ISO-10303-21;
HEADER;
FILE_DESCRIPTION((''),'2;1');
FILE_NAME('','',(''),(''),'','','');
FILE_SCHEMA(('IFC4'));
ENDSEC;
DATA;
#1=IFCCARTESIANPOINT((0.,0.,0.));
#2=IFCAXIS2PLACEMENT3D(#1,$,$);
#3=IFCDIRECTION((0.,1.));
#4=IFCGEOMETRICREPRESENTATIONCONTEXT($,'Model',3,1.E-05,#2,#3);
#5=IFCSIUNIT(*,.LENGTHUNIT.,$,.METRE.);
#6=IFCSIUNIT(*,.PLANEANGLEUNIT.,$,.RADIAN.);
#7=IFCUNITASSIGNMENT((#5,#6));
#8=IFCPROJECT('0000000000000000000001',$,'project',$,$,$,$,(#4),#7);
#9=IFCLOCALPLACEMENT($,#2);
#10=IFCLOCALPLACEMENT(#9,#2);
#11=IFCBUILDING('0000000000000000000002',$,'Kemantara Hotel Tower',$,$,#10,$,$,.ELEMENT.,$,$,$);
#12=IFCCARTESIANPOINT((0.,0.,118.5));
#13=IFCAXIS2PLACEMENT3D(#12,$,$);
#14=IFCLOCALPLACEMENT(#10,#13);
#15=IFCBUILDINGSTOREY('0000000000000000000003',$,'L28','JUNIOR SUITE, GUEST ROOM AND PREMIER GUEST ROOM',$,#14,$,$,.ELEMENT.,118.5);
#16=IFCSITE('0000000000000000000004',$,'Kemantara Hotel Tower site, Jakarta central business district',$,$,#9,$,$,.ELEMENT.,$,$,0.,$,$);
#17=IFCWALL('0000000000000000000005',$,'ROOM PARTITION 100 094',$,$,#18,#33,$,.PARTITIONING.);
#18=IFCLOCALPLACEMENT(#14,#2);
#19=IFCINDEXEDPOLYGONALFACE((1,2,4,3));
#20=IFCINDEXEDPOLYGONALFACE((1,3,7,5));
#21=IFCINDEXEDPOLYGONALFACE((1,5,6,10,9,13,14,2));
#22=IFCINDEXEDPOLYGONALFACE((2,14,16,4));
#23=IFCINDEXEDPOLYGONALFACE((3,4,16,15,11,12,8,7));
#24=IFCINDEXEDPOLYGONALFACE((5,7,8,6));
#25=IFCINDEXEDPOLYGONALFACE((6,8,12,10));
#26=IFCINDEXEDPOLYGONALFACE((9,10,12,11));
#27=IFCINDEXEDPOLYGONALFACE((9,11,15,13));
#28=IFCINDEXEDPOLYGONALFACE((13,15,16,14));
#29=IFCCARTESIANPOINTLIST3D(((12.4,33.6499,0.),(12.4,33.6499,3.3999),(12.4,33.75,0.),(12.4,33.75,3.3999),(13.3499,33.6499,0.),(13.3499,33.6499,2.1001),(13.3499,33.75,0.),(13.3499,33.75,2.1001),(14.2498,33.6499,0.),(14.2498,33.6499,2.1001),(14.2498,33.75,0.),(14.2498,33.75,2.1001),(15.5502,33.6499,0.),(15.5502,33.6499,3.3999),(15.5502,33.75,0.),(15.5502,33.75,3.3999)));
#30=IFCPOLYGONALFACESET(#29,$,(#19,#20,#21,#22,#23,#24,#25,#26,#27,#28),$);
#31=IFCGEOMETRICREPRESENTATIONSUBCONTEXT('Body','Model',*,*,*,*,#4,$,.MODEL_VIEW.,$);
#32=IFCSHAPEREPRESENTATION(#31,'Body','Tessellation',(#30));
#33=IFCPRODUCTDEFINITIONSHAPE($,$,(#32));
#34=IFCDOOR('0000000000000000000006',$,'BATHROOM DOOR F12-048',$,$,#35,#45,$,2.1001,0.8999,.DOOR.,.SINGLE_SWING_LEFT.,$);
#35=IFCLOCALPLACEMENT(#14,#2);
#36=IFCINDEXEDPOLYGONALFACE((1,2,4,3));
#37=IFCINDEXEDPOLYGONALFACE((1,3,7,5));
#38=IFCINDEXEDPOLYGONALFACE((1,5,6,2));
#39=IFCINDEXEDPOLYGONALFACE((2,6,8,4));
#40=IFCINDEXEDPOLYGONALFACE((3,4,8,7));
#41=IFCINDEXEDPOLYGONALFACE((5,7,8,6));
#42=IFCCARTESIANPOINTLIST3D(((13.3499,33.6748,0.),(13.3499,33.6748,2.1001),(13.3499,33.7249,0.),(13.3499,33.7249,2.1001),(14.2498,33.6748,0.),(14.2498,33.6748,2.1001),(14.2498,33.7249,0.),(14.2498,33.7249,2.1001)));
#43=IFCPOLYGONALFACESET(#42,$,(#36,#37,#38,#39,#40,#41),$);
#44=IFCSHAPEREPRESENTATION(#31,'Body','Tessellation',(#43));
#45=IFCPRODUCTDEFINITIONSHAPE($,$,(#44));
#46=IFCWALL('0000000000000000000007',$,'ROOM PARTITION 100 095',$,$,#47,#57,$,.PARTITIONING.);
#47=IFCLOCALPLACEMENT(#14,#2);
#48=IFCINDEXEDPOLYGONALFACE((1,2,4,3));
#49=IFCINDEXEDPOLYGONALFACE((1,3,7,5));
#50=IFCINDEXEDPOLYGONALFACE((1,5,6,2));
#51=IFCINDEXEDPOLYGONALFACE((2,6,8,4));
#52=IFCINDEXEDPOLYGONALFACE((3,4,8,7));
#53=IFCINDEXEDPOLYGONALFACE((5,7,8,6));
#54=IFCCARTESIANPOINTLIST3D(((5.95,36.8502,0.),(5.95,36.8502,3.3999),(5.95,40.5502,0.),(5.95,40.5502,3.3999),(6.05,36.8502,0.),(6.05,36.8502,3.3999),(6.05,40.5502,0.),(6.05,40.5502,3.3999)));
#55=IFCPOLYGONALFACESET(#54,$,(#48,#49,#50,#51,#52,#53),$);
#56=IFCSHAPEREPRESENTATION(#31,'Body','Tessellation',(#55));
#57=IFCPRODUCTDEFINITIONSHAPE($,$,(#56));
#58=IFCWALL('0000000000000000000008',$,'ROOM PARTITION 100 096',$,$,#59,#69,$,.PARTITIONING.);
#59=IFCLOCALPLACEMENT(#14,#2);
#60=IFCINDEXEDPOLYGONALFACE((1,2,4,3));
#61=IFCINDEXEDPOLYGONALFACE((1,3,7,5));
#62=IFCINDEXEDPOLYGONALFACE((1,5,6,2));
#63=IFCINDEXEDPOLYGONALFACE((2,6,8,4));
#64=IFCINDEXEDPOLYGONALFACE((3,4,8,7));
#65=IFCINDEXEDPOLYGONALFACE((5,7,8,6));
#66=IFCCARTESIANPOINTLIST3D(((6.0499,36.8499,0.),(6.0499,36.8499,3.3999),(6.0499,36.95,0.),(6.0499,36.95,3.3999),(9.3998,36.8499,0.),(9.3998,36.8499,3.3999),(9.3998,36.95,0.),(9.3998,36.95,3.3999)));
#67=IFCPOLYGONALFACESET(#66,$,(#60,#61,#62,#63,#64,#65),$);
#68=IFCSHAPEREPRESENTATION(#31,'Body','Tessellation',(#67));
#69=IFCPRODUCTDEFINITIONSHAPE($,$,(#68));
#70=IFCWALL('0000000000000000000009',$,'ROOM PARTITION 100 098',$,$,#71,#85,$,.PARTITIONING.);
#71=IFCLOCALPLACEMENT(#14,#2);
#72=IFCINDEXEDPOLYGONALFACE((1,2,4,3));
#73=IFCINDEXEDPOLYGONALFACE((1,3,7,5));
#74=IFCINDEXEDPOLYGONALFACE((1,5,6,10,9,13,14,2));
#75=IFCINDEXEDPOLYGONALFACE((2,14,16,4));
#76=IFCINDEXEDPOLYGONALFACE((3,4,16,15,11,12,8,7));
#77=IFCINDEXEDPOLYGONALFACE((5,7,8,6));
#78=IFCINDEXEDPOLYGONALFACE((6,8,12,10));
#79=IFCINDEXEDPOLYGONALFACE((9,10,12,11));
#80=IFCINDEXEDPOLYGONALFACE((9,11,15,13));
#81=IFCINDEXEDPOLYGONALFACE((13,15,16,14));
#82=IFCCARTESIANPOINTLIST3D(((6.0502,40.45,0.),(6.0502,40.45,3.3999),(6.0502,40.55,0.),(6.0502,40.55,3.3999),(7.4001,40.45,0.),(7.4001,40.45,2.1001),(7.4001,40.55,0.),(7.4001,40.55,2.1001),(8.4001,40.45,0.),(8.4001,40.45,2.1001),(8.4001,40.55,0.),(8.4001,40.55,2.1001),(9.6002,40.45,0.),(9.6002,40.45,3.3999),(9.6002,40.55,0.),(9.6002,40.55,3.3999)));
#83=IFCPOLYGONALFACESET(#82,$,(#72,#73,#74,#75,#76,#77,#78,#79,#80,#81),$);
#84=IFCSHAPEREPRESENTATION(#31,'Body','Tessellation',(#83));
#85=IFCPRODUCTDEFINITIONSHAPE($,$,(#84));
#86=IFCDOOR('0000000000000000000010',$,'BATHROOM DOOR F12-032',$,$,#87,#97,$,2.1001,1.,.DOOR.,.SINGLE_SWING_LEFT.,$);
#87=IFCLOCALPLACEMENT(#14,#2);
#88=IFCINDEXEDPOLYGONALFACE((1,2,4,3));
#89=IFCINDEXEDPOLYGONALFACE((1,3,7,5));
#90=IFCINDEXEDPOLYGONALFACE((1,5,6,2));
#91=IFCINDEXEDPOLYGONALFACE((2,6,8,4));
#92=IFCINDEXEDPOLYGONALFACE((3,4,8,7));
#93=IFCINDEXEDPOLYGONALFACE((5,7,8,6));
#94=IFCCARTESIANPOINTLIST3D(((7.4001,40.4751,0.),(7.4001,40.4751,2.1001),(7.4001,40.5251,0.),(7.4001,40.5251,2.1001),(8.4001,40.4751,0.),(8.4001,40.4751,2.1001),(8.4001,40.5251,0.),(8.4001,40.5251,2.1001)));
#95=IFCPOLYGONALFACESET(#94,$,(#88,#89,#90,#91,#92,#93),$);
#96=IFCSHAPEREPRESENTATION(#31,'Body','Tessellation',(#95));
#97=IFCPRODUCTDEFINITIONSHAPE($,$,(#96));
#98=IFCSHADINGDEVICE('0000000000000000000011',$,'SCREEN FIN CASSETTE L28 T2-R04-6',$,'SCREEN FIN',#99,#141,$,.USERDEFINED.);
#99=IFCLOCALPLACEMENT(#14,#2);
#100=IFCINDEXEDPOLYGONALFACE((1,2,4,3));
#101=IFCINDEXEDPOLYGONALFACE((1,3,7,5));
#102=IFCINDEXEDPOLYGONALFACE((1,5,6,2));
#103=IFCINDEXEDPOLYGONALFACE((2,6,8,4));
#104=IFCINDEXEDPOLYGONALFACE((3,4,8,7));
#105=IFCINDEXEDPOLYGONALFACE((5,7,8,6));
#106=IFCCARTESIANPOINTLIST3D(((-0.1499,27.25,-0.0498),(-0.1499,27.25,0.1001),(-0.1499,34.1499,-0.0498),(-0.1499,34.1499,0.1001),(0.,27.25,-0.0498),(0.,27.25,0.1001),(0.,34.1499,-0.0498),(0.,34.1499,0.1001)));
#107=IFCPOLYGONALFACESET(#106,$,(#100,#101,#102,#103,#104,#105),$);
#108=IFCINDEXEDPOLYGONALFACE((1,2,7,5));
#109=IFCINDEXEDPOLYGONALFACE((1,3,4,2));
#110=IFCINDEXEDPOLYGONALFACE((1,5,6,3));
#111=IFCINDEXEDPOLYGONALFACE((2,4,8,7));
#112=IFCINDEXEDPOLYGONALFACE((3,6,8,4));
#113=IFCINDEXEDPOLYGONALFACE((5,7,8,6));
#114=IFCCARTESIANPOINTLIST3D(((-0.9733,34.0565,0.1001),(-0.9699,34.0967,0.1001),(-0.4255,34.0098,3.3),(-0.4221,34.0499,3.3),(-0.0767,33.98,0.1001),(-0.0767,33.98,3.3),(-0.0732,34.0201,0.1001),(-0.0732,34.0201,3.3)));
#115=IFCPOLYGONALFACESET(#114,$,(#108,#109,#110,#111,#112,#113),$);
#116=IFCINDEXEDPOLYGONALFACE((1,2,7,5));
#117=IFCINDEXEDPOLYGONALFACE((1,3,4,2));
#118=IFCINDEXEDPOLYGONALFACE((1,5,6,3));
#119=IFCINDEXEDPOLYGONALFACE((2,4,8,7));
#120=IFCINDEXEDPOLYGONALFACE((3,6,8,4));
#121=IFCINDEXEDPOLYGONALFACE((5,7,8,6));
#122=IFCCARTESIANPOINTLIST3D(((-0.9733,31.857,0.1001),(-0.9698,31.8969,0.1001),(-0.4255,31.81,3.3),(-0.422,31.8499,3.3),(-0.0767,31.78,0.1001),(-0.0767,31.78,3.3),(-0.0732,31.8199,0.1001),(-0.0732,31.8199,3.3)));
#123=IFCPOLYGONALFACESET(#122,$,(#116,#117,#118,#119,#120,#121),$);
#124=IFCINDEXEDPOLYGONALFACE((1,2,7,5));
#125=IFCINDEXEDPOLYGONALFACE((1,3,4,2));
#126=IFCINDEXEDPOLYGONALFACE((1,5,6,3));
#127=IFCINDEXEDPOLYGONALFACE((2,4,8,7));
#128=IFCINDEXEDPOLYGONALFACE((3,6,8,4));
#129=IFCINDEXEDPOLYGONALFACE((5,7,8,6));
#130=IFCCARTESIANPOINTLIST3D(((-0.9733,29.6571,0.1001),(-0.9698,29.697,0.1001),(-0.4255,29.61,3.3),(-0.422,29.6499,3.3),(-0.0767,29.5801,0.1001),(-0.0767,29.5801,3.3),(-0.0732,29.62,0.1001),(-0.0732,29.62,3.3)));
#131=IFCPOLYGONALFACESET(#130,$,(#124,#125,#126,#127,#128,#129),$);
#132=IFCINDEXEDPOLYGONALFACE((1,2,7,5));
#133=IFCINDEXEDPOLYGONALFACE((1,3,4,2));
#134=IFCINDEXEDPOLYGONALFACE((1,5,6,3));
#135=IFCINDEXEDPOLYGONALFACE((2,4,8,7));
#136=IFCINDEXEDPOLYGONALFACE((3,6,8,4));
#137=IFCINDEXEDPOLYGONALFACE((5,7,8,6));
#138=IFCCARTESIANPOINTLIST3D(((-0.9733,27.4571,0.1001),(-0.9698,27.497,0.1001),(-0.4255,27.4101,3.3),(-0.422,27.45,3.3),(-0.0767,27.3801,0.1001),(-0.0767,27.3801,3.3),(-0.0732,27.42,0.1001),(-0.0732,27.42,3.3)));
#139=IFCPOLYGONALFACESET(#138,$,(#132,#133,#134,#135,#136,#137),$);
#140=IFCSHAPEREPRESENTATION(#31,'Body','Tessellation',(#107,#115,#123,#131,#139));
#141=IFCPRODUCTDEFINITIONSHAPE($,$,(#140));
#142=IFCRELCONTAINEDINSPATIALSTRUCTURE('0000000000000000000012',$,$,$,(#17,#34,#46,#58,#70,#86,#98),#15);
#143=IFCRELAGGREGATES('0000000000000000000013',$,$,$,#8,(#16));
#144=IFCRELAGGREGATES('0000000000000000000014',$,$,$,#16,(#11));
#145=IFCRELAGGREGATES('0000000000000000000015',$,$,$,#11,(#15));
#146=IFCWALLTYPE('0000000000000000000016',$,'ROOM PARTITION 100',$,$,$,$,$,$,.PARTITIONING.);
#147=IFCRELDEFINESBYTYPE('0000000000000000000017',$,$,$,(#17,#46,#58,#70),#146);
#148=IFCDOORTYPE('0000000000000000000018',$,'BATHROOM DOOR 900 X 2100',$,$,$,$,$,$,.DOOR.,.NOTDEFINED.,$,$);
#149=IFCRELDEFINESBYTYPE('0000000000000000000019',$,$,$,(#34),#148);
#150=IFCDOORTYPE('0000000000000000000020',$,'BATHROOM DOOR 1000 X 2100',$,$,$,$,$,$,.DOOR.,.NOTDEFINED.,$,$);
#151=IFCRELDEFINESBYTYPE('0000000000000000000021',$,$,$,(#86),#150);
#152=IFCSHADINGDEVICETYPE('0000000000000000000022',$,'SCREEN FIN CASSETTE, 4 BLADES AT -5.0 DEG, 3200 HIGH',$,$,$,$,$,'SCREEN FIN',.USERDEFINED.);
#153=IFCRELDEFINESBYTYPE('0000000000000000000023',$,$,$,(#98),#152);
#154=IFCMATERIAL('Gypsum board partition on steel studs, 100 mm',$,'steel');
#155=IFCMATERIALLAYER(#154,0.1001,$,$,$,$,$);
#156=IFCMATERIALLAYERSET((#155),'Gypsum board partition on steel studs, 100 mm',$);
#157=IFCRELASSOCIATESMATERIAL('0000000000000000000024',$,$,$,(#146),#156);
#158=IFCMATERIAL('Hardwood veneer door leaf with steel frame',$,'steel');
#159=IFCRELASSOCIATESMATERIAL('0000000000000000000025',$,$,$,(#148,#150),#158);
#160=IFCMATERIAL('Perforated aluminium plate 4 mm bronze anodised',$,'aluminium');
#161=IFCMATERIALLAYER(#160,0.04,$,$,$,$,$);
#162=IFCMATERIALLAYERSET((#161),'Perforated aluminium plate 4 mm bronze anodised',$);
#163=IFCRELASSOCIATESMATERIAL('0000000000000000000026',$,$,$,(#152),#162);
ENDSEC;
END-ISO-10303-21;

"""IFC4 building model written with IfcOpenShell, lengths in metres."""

from ifc_helpers import new_model, si_unit, direction, frame, frame_2d, origin, origin_2d, place, context, subcontext, project, spatial, polyline, rectangle, outline, extrude, source, transform, mapped, material, layer, layer_set, type_object, element, fill, save


model = new_model("IFC4")

# Units and contexts
model_context = context("Model", 3, precision=1e-05, world=origin(), true_north=direction((0.0, 1.0)))
body_context = subcontext(model_context, "Body", "Model", "MODEL_VIEW")
ifc_project = project(units=[si_unit("LENGTHUNIT", "METRE"), si_unit("PLANEANGLEUNIT", "RADIAN")], contexts=[model_context])

# Site, building, storey
site_placement = place(None, origin())
site = spatial("IfcSite", under=ifc_project, at=site_placement, Name="Kemantara Hotel Tower site, Jakarta central business district", CompositionType="ELEMENT", RefElevation=0.0)
building_placement = place(site_placement, origin())
building = spatial("IfcBuilding", under=site, at=building_placement, Name="Kemantara Hotel Tower", CompositionType="ELEMENT")
storey_placement = place(building_placement, frame((0.0, 0.0, 118.5)))
storey = spatial("IfcBuildingStorey", under=building, at=storey_placement, Name="L28", Description="JUNIOR SUITE, GUEST ROOM AND PREMIER GUEST ROOM", CompositionType="ELEMENT", Elevation=118.5)

# Shared definitions
ifc_material_1 = material(Name="Hardwood veneer door leaf with steel frame", Category="steel")

# Shared definitions
ifc_material_2 = material(Name="Gypsum board partition on steel studs, 100 mm", Category="steel")
ifc_layer_1 = layer(ifc_material_2, 0.1001)
ifc_layer_set_1 = layer_set([ifc_layer_1], Name="Gypsum board partition on steel studs, 100 mm")
wall_type_1 = type_object("IfcWallType", Name="ROOM PARTITION 100", PredefinedType="PARTITIONING", material=ifc_layer_set_1)

# Wall, opening, door
door_type_1 = type_object("IfcDoorType", Name="BATHROOM DOOR 900 X 2100", OperationType="NOTDEFINED", PredefinedType="DOOR", material=ifc_material_1)
wall_1_placement = place(storey_placement, frame((12.3999, 33.7, 0.0), z_axis=(0.0, 0.0, 1.0), x_axis=(1.0, 0.0, 0.0)))
wall_1 = element("IfcWall", 1, at=wall_1_placement, inside=storey, type_object=wall_type_1, Name="ROOM PARTITION 100 094", PredefinedType="PARTITIONING", context=body_context, shape_type="SweptSolid", body=[
    extrude(rectangle(XDim=3.1501, YDim=0.1001, at=frame_2d((1.5752, 0.0))), origin(), (0.0, 0.0, 1.0), 3.3999),
])
opening_1_placement = place(wall_1_placement, frame((0.95, 0.0, 0.0)))
opening_1 = element("IfcOpeningElement", 2, at=opening_1_placement, cuts=wall_1, PredefinedType="OPENING", context=body_context, shape_type="SweptSolid", body=[
    extrude(rectangle(XDim=0.8999, YDim=2.1001, at=frame_2d((0.45, 1.05))), frame((0.0, 0.0601, 0.0), z_axis=(0.0, -1.0, 0.0), x_axis=(1.0, 0.0, 0.0)), (0.0, 0.0, 1.0), 0.1201),
])
door_1_placement = place(opening_1_placement, origin())
door_1 = element("IfcDoor", 3, at=door_1_placement, inside=storey, type_object=door_type_1, Name="BATHROOM DOOR F12-048", OperationType="SINGLE_SWING_LEFT", OverallHeight=2.1001, OverallWidth=0.8999, PredefinedType="DOOR", context=body_context, shape_type="SweptSolid", body=[
    extrude(rectangle(XDim=0.8999, YDim=2.1001, at=frame_2d((0.45, 1.05))), frame((0.0, 0.0249, 0.0), z_axis=(0.0, -1.0, 0.0), x_axis=(1.0, 0.0, 0.0)), (0.0, 0.0, 1.0), 0.05),
])
fill(opening_1, door_1)

# Walls
wall_2_placement = place(storey_placement, frame((6.0, 36.8501, 0.0), z_axis=(0.0, 0.0, 1.0), x_axis=(0.0, 1.0, 0.0)))
element("IfcWall", 4, at=wall_2_placement, inside=storey, type_object=wall_type_1, Name="ROOM PARTITION 100 095", PredefinedType="PARTITIONING", context=body_context, shape_type="SweptSolid", body=[
    extrude(rectangle(XDim=3.7, YDim=0.1001, at=frame_2d((1.8501, 0.0))), origin(), (0.0, 0.0, 1.0), 3.3999),
])
wall_3_placement = place(storey_placement, frame((6.05, 36.8999, 0.0), z_axis=(0.0, 0.0, 1.0), x_axis=(1.0, 0.0, 0.0)))
element("IfcWall", 5, at=wall_3_placement, inside=storey, type_object=wall_type_1, Name="ROOM PARTITION 100 096", PredefinedType="PARTITIONING", context=body_context, shape_type="SweptSolid", body=[
    extrude(rectangle(XDim=3.3499, YDim=0.1001, at=frame_2d((1.6748, 0.0))), origin(), (0.0, 0.0, 1.0), 3.3999),
])

# Wall, opening, door
wall_4_placement = place(storey_placement, frame((9.6001, 40.5, 0.0), z_axis=(0.0, 0.0, 1.0), x_axis=(-1.0, 0.0, 0.0)))
wall_4 = element("IfcWall", 6, at=wall_4_placement, inside=storey, type_object=wall_type_1, Name="ROOM PARTITION 100 098", PredefinedType="PARTITIONING", context=body_context, shape_type="SweptSolid", body=[
    extrude(rectangle(XDim=3.55, YDim=0.1001, at=frame_2d((1.7749, 0.0))), origin(), (0.0, 0.0, 1.0), 3.3999),
])
opening_2_placement = place(wall_4_placement, frame((1.2, 0.0, 0.0)))
opening_2 = element("IfcOpeningElement", 7, at=opening_2_placement, cuts=wall_4, PredefinedType="OPENING", context=body_context, shape_type="SweptSolid", body=[
    extrude(rectangle(XDim=1.0, YDim=2.1001, at=frame_2d((0.5, 1.05))), frame((0.0, 0.0601, 0.0), z_axis=(0.0, -1.0, 0.0), x_axis=(1.0, 0.0, 0.0)), (0.0, 0.0, 1.0), 0.1201),
])
door_type_2 = type_object("IfcDoorType", Name="BATHROOM DOOR 1000 X 2100", OperationType="NOTDEFINED", PredefinedType="DOOR", material=ifc_material_1)
door_2_placement = place(opening_2_placement, origin())
door_2 = element("IfcDoor", 8, at=door_2_placement, inside=storey, type_object=door_type_2, Name="BATHROOM DOOR F12-032", OperationType="SINGLE_SWING_LEFT", OverallHeight=2.1001, OverallWidth=1.0, PredefinedType="DOOR", context=body_context, shape_type="SweptSolid", body=[
    extrude(rectangle(XDim=1.0, YDim=2.1001, at=frame_2d((0.5, 1.05))), frame((0.0, 0.0249, 0.0), z_axis=(0.0, -1.0, 0.0), x_axis=(1.0, 0.0, 0.0)), (0.0, 0.0, 1.0), 0.05),
])
fill(opening_2, door_2)

# Shading device
ifc_material_3 = material(Name="Perforated aluminium plate 4 mm bronze anodised", Category="aluminium")
ifc_layer_2 = layer(ifc_material_3, 0.04)
ifc_layer_set_2 = layer_set([ifc_layer_2], Name="Perforated aluminium plate 4 mm bronze anodised")
shading_device_type = type_object("IfcShadingDeviceType", Name="SCREEN FIN CASSETTE, 4 BLADES AT -5.0 DEG, 3200 HIGH", ElementType="SCREEN FIN", PredefinedType="USERDEFINED", material=ifc_layer_set_2)
shared_shape = source(origin(), body_context, "Body", "SweptSolid", [
    extrude(rectangle(XDim=6.8999, YDim=0.1499, at=origin_2d()), frame((3.3, -0.075, -0.1499), z_axis=(0.0, 0.0, 1.0), x_axis=(1.0, 0.0, 0.0)), (0.0, 0.0, 1.0), 0.1499),
    extrude(outline(polyline([(0.0, 0.0), (0.8999, 0.0), (0.3501, 3.2), (0.0, 3.2), (0.0, 0.0)])), frame((0.02, -0.0767, 0.0), z_axis=(-0.996376, 0.085056, 0.0), x_axis=(-0.085056, -0.996376, 0.0)), (0.0, 0.0, 1.0), 0.0403),
    extrude(outline(polyline([(0.0, 0.0), (0.8999, 0.0), (0.3501, 3.2), (0.0, 3.2), (0.0, 0.0)])), frame((2.22, -0.0767, 0.0), z_axis=(-0.996332, 0.085575, 0.0), x_axis=(-0.085575, -0.996332, 0.0)), (0.0, 0.0, 1.0), 0.04),
    extrude(outline(polyline([(0.0, 0.0), (0.8999, 0.0), (0.3501, 3.2), (0.0, 3.2), (0.0, 0.0)])), frame((4.4199, -0.0767, 0.0), z_axis=(-0.996332, 0.085575, 0.0), x_axis=(-0.085575, -0.996332, 0.0)), (0.0, 0.0, 1.0), 0.04),
    extrude(outline(polyline([(0.0, 0.0), (0.8999, 0.0), (0.3501, 3.2), (0.0, 3.2), (0.0, 0.0)])), frame((6.6199, -0.0767, 0.0), z_axis=(-0.996332, 0.085575, 0.0), x_axis=(-0.085575, -0.996332, 0.0)), (0.0, 0.0, 1.0), 0.04),
])
shading_device_placement = place(storey_placement, frame((0.0, 34.0, 0.1001), z_axis=(0.0, 0.0, 1.0), x_axis=(0.0, -1.0, 0.0)))
element("IfcShadingDevice", 9, at=shading_device_placement, inside=storey, type_object=shading_device_type, Name="SCREEN FIN CASSETTE L28 T2-R04-6", ObjectType="SCREEN FIN", PredefinedType="USERDEFINED", context=body_context, shape_type="MappedRepresentation", body=[
    mapped(shared_shape, transform((0.0, 0.0, 0.0))),
])

save(model, "model.ifc")
